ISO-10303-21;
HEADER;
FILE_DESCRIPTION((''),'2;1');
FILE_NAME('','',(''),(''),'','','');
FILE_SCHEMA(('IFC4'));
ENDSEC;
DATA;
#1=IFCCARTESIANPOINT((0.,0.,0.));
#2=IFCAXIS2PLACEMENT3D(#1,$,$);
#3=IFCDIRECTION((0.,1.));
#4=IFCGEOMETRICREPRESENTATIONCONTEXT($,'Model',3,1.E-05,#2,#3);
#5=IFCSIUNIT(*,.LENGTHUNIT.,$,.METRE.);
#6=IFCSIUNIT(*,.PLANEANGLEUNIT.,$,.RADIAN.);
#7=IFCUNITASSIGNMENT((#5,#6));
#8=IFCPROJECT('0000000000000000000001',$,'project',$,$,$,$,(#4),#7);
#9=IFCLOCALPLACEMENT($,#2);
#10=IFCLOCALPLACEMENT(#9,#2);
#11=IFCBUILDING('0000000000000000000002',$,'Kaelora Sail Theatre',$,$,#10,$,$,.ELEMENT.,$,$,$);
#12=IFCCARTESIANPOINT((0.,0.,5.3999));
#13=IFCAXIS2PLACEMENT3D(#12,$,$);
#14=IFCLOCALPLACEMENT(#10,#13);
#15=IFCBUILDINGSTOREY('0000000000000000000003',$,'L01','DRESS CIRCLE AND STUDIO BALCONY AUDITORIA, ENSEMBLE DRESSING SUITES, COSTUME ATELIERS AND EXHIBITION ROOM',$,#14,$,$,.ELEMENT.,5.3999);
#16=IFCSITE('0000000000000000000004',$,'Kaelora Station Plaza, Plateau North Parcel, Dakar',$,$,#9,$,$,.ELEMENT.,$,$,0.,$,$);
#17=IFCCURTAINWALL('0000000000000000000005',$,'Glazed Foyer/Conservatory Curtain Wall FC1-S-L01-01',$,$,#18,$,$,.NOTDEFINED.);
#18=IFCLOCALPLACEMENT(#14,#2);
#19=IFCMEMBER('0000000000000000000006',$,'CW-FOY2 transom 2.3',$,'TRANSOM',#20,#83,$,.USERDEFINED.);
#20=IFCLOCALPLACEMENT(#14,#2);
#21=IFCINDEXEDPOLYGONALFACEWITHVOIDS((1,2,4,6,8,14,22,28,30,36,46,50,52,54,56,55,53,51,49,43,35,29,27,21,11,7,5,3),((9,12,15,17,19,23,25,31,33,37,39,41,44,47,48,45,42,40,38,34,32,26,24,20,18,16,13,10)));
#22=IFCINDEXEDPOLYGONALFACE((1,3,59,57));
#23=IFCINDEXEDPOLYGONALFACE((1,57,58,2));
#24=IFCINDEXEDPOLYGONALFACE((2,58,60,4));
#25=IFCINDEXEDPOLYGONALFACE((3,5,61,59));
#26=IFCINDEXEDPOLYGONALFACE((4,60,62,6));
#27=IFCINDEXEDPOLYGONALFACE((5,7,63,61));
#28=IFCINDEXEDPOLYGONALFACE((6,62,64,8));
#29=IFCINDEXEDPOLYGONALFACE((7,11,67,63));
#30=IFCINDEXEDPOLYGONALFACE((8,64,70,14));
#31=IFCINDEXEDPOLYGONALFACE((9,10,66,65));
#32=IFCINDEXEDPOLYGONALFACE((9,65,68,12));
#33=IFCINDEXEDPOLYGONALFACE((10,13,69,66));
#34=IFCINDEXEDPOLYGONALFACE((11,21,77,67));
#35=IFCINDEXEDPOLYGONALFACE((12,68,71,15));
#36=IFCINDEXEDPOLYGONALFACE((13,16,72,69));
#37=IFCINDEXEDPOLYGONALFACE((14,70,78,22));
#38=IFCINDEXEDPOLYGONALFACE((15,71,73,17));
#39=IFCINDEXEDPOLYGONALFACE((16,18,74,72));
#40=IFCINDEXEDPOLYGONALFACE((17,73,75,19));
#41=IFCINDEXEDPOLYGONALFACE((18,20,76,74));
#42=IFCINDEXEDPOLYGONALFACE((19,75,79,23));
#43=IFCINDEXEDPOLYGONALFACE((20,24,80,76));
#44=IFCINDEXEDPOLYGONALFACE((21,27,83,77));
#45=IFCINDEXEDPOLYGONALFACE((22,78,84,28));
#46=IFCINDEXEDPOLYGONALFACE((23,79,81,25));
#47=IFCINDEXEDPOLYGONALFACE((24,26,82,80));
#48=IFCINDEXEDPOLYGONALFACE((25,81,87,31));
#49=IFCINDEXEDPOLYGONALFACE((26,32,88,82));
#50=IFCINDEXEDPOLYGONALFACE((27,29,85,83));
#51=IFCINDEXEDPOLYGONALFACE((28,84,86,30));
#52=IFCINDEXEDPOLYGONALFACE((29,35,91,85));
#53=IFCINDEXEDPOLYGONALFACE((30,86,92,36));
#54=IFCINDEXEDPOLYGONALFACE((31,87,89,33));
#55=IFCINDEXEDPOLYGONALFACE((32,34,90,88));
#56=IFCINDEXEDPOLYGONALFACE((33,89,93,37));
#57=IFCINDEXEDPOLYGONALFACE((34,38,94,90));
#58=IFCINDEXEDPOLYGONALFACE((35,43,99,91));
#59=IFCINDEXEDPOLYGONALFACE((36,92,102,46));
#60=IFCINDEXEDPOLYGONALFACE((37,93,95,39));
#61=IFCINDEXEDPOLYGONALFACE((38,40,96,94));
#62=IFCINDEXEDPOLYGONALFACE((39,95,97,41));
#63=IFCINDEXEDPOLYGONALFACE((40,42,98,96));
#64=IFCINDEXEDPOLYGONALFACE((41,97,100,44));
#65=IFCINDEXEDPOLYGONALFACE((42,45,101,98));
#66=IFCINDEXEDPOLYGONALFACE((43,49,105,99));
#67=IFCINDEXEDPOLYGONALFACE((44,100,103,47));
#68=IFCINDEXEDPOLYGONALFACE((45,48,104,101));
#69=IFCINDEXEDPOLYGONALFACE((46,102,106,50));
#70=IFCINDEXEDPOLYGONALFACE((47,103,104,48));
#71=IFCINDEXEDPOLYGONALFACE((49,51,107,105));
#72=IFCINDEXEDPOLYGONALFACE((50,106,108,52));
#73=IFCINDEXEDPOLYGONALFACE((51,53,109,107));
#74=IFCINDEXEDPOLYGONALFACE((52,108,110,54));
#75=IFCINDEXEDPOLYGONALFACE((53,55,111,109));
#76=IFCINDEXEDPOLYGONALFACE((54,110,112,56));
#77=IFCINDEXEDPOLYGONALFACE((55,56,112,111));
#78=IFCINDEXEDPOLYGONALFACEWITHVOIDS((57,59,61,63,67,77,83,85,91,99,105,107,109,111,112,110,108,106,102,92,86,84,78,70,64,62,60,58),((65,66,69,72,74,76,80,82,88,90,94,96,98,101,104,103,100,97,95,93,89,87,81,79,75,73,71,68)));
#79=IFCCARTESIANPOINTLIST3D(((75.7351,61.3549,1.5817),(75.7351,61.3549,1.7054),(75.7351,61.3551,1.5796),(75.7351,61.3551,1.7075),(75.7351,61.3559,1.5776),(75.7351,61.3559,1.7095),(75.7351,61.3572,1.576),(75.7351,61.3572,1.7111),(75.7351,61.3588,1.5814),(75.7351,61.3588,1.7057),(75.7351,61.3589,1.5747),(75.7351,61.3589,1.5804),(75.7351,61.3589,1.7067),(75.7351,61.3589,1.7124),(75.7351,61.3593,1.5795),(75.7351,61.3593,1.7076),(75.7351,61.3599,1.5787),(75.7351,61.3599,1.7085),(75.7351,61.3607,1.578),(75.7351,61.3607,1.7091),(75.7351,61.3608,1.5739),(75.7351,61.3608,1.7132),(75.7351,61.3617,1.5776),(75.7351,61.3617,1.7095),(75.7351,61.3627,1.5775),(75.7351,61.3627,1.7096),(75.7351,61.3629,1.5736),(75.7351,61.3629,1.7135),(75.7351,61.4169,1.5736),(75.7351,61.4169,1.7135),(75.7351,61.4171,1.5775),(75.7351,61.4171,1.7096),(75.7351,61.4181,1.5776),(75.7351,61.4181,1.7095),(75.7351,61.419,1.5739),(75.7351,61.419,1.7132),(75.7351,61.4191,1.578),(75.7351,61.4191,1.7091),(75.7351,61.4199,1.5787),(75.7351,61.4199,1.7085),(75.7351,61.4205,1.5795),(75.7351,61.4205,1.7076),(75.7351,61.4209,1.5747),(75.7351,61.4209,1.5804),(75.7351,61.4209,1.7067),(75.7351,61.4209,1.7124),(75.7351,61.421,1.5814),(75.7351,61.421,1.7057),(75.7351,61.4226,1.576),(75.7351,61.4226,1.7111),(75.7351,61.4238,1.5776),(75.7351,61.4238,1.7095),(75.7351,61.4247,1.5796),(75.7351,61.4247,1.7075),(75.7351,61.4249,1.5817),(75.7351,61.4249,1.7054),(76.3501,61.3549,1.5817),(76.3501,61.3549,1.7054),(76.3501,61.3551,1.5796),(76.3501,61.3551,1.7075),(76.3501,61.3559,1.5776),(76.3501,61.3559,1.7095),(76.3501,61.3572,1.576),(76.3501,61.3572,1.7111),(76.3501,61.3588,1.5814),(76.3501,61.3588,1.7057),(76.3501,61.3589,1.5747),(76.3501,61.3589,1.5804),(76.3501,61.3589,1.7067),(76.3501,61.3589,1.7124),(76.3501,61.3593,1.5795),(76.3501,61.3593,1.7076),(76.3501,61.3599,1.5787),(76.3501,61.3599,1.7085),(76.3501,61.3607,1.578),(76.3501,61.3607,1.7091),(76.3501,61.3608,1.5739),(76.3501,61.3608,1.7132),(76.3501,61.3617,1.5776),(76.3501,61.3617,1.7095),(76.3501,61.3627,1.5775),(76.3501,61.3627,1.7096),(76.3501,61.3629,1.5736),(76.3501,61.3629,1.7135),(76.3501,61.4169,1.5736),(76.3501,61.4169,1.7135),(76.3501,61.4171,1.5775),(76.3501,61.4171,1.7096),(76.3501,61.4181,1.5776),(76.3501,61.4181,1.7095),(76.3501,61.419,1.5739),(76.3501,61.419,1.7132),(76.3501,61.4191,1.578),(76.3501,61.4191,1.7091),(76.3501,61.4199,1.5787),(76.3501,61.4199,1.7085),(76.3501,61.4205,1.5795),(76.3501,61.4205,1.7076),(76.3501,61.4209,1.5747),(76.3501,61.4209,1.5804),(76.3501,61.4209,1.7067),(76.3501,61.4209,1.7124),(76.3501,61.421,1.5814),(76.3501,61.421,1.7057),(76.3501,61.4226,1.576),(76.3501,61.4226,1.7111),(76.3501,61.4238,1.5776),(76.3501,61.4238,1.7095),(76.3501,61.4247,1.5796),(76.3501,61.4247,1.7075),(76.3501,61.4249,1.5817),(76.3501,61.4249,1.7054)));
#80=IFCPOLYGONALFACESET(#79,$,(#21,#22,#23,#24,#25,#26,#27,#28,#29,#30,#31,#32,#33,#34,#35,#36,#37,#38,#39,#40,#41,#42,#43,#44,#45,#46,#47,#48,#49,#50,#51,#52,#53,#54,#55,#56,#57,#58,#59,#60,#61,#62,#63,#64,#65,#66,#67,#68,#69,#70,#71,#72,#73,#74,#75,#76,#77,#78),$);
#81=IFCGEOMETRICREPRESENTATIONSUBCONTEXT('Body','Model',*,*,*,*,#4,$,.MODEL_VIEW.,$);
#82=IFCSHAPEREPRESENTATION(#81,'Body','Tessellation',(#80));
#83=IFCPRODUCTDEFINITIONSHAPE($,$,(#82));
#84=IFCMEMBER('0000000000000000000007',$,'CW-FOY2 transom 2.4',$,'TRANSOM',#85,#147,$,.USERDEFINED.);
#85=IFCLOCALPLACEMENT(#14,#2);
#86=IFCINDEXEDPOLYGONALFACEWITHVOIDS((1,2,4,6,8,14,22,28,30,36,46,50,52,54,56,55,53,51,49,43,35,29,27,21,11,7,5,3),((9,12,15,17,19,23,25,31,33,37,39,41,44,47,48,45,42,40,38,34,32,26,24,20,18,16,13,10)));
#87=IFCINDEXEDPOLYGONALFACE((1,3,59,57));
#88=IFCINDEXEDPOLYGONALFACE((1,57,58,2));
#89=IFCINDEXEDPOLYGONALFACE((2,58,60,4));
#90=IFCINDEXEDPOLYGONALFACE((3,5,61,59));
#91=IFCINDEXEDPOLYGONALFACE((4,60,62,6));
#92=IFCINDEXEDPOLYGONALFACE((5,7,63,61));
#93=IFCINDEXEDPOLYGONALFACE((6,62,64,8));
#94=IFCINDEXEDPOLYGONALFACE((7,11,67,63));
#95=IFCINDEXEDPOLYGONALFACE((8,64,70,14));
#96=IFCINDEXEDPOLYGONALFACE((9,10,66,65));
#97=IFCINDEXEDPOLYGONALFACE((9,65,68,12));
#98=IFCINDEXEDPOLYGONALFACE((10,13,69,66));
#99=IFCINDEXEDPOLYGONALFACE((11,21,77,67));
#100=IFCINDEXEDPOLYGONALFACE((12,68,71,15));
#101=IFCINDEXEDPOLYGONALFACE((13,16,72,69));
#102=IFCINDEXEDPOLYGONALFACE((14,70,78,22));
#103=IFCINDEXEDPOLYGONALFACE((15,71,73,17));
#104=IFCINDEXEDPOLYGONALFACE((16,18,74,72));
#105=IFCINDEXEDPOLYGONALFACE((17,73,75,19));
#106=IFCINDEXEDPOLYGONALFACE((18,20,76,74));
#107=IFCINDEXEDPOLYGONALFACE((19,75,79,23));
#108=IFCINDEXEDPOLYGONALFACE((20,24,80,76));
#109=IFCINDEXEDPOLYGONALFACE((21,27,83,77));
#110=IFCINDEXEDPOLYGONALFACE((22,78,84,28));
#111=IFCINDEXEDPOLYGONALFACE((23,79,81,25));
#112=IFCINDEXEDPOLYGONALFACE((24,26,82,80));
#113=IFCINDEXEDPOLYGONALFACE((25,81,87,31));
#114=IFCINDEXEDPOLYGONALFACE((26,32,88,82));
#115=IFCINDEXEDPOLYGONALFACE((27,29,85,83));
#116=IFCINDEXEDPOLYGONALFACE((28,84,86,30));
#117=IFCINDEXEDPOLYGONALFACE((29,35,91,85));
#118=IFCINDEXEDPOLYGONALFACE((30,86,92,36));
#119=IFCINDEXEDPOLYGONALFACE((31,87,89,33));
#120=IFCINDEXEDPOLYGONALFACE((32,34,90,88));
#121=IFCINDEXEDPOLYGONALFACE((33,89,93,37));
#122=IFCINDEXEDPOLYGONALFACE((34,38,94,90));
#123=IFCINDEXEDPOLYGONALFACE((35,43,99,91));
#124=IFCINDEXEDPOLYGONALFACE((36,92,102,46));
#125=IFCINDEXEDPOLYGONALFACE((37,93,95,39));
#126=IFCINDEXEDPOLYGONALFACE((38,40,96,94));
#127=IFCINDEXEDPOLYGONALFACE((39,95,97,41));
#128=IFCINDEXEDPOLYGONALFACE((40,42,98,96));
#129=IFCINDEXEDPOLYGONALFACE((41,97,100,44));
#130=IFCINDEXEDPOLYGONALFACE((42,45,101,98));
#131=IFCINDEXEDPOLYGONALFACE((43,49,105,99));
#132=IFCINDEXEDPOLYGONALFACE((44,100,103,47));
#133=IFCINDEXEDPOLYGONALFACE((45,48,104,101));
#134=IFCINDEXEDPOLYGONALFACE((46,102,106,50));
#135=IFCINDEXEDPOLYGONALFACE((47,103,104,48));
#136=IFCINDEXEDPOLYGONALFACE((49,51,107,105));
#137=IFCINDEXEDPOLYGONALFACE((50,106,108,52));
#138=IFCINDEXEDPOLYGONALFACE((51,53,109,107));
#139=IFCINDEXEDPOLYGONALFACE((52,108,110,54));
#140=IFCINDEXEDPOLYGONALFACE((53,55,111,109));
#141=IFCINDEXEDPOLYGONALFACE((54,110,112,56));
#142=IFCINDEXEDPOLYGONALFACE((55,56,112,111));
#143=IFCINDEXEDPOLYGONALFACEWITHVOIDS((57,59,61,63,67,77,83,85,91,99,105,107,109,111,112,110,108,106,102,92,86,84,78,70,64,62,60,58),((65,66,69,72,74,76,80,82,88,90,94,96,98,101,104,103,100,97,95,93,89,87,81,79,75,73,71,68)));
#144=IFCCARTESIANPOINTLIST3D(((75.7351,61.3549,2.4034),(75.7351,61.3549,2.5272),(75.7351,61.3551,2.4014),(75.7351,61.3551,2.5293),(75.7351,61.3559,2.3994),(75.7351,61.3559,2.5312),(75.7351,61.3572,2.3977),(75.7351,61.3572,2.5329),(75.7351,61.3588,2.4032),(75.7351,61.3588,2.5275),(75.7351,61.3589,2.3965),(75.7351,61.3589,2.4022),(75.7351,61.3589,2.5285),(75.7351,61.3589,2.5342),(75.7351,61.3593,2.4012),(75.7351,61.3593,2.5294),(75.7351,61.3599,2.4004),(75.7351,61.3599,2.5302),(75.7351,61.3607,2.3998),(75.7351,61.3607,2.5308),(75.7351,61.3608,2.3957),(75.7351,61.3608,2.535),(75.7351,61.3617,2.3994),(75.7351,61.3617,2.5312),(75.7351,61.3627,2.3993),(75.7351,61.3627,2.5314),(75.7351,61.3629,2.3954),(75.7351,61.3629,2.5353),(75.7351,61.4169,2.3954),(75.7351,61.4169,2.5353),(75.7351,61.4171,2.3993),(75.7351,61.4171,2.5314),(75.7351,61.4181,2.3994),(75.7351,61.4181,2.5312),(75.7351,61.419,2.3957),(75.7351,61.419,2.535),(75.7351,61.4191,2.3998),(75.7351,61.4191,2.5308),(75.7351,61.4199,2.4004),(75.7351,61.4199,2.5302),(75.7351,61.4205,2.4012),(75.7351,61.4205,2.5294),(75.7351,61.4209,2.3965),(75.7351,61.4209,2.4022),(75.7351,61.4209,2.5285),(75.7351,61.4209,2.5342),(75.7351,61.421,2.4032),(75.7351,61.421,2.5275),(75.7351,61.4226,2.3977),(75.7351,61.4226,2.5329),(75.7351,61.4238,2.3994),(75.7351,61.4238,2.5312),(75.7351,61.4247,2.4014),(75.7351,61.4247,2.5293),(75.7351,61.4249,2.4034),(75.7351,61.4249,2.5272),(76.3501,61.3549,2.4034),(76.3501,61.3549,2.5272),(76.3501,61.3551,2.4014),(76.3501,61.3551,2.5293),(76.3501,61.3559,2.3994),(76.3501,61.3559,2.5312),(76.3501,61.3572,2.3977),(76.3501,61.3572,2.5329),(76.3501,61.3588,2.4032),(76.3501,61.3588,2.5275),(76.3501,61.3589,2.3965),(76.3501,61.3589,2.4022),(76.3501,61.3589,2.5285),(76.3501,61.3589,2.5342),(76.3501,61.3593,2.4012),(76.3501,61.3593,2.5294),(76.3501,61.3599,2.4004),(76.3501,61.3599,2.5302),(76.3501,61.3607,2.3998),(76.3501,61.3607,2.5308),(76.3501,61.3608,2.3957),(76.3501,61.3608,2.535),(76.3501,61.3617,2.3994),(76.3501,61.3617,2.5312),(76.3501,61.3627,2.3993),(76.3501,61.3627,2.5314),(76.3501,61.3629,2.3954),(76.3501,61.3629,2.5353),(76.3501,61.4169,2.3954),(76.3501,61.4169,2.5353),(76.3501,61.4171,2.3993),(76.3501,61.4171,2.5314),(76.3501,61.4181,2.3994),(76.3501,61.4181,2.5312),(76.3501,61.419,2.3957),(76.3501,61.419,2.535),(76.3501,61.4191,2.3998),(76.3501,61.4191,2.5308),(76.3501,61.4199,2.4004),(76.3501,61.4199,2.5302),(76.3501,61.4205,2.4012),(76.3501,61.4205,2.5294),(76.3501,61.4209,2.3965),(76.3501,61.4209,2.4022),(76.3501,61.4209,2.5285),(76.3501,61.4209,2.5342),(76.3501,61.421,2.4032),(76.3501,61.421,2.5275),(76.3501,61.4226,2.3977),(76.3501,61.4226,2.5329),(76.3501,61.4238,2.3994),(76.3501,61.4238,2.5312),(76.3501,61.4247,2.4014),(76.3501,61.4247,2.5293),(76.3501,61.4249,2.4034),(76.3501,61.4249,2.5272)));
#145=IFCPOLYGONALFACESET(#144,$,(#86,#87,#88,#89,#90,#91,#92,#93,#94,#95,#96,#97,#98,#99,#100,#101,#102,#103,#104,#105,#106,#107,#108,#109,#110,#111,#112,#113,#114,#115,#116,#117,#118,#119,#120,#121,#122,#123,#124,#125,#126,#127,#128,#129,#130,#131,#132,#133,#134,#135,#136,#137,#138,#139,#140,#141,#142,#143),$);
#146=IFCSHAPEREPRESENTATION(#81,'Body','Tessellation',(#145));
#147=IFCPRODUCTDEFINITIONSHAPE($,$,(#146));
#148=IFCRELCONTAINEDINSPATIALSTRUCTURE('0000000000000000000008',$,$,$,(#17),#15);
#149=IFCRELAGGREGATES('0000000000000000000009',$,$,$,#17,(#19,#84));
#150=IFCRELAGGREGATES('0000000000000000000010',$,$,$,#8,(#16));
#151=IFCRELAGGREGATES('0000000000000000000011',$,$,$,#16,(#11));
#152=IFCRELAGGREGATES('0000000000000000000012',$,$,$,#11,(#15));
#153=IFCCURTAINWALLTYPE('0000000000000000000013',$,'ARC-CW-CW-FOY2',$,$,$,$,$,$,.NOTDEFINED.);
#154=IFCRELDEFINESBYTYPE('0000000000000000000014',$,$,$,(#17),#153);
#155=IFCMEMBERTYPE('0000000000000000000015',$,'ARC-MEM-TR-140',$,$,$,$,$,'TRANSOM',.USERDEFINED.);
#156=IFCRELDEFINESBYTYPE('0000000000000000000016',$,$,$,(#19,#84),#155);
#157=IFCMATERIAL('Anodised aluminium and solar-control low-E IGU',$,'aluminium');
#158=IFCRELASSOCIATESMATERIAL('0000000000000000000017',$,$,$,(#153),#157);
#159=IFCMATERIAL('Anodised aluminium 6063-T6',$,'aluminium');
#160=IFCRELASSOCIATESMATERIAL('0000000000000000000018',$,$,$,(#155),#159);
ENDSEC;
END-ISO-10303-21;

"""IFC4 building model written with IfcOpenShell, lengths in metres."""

from ifc_helpers import new_model, si_unit, direction, frame, origin, origin_2d, place, context, subcontext, project, spatial, hollow_rectangle, extrude, material, material_profile, profile_set, type_object, element, aggregate, save


model = new_model("IFC4")

# Units and contexts
model_context = context("Model", 3, precision=1e-05, world=origin(), true_north=direction((0.0, 1.0)))
body_context = subcontext(model_context, "Body", "Model", "MODEL_VIEW")
ifc_project = project(units=[si_unit("LENGTHUNIT", "METRE"), si_unit("PLANEANGLEUNIT", "RADIAN")], contexts=[model_context])

# Site, building, storey
site_placement = place(None, origin())
site = spatial("IfcSite", under=ifc_project, at=site_placement, Name="Kaelora Station Plaza, Plateau North Parcel, Dakar", CompositionType="ELEMENT", RefElevation=0.0)
building_placement = place(site_placement, origin())
building = spatial("IfcBuilding", under=site, at=building_placement, Name="Kaelora Sail Theatre", CompositionType="ELEMENT")
storey_placement = place(building_placement, frame((0.0, 0.0, 5.3999)))
storey = spatial("IfcBuildingStorey", under=building, at=storey_placement, Name="L01", Description="DRESS CIRCLE AND STUDIO BALCONY AUDITORIA, ENSEMBLE DRESSING SUITES, COSTUME ATELIERS AND EXHIBITION ROOM", CompositionType="ELEMENT", Elevation=5.3999)

# Curtain wall
ifc_material_1 = material(Name="Anodised aluminium and solar-control low-E IGU", Category="aluminium")
curtain_wall_type = type_object("IfcCurtainWallType", Name="ARC-CW-CW-FOY2", PredefinedType="NOTDEFINED", material=ifc_material_1)
curtain_wall_1_placement = place(storey_placement, origin())
curtain_wall_1 = element("IfcCurtainWall", 1, at=curtain_wall_1_placement, inside=storey, type_object=curtain_wall_type, Name="Glazed Foyer/Conservatory Curtain Wall FC1-S-L01-01", PredefinedType="NOTDEFINED")

# Members
ifc_material_2 = material(Name="Anodised aluminium 6063-T6", Category="aluminium")
ifc_material_profile_1 = material_profile(ifc_material_2, hollow_rectangle(XDim=0.0701, YDim=0.1399, WallThickness=0.0039, InnerFilletRadius=0.0039, OuterFilletRadius=0.0081, at=origin_2d()), Name="ALU-TRAN 70x140x4")
ifc_profile_set_1 = profile_set([ifc_material_profile_1], Name="Anodised aluminium 6063-T6")
member_type_1 = type_object("IfcMemberType", Name="ARC-MEM-TR-140", ElementType="TRANSOM", PredefinedType="USERDEFINED", material=ifc_profile_set_1)
member_1_placement = place(storey_placement, frame((75.7351, 61.3899, 1.6436), z_axis=(1.0, 0.0, 0.0), x_axis=(0.0, 1.0, 0.0)))
member_1 = element("IfcMember", 2, at=member_1_placement, type_object=member_type_1, Name="CW-FOY2 transom 2.3", ObjectType="TRANSOM", PredefinedType="USERDEFINED", context=body_context, shape_type="SweptSolid", body=[
    extrude(hollow_rectangle(XDim=0.0701, YDim=0.1399, WallThickness=0.0039, InnerFilletRadius=0.0039, OuterFilletRadius=0.0081, at=origin_2d()), origin(), (0.0, 0.0, 1.0), 0.615),
])
member_2_placement = place(storey_placement, frame((75.7351, 61.3899, 2.4653), z_axis=(1.0, 0.0, 0.0), x_axis=(0.0, 1.0, 0.0)))
member_2 = element("IfcMember", 3, at=member_2_placement, type_object=member_type_1, Name="CW-FOY2 transom 2.4", ObjectType="TRANSOM", PredefinedType="USERDEFINED", context=body_context, shape_type="SweptSolid", body=[
    extrude(hollow_rectangle(XDim=0.0701, YDim=0.1399, WallThickness=0.0039, InnerFilletRadius=0.0039, OuterFilletRadius=0.0081, at=origin_2d()), origin(), (0.0, 0.0, 1.0), 0.615),
])

aggregate(curtain_wall_1, [member_1, member_2])

save(model, "model.ifc")
